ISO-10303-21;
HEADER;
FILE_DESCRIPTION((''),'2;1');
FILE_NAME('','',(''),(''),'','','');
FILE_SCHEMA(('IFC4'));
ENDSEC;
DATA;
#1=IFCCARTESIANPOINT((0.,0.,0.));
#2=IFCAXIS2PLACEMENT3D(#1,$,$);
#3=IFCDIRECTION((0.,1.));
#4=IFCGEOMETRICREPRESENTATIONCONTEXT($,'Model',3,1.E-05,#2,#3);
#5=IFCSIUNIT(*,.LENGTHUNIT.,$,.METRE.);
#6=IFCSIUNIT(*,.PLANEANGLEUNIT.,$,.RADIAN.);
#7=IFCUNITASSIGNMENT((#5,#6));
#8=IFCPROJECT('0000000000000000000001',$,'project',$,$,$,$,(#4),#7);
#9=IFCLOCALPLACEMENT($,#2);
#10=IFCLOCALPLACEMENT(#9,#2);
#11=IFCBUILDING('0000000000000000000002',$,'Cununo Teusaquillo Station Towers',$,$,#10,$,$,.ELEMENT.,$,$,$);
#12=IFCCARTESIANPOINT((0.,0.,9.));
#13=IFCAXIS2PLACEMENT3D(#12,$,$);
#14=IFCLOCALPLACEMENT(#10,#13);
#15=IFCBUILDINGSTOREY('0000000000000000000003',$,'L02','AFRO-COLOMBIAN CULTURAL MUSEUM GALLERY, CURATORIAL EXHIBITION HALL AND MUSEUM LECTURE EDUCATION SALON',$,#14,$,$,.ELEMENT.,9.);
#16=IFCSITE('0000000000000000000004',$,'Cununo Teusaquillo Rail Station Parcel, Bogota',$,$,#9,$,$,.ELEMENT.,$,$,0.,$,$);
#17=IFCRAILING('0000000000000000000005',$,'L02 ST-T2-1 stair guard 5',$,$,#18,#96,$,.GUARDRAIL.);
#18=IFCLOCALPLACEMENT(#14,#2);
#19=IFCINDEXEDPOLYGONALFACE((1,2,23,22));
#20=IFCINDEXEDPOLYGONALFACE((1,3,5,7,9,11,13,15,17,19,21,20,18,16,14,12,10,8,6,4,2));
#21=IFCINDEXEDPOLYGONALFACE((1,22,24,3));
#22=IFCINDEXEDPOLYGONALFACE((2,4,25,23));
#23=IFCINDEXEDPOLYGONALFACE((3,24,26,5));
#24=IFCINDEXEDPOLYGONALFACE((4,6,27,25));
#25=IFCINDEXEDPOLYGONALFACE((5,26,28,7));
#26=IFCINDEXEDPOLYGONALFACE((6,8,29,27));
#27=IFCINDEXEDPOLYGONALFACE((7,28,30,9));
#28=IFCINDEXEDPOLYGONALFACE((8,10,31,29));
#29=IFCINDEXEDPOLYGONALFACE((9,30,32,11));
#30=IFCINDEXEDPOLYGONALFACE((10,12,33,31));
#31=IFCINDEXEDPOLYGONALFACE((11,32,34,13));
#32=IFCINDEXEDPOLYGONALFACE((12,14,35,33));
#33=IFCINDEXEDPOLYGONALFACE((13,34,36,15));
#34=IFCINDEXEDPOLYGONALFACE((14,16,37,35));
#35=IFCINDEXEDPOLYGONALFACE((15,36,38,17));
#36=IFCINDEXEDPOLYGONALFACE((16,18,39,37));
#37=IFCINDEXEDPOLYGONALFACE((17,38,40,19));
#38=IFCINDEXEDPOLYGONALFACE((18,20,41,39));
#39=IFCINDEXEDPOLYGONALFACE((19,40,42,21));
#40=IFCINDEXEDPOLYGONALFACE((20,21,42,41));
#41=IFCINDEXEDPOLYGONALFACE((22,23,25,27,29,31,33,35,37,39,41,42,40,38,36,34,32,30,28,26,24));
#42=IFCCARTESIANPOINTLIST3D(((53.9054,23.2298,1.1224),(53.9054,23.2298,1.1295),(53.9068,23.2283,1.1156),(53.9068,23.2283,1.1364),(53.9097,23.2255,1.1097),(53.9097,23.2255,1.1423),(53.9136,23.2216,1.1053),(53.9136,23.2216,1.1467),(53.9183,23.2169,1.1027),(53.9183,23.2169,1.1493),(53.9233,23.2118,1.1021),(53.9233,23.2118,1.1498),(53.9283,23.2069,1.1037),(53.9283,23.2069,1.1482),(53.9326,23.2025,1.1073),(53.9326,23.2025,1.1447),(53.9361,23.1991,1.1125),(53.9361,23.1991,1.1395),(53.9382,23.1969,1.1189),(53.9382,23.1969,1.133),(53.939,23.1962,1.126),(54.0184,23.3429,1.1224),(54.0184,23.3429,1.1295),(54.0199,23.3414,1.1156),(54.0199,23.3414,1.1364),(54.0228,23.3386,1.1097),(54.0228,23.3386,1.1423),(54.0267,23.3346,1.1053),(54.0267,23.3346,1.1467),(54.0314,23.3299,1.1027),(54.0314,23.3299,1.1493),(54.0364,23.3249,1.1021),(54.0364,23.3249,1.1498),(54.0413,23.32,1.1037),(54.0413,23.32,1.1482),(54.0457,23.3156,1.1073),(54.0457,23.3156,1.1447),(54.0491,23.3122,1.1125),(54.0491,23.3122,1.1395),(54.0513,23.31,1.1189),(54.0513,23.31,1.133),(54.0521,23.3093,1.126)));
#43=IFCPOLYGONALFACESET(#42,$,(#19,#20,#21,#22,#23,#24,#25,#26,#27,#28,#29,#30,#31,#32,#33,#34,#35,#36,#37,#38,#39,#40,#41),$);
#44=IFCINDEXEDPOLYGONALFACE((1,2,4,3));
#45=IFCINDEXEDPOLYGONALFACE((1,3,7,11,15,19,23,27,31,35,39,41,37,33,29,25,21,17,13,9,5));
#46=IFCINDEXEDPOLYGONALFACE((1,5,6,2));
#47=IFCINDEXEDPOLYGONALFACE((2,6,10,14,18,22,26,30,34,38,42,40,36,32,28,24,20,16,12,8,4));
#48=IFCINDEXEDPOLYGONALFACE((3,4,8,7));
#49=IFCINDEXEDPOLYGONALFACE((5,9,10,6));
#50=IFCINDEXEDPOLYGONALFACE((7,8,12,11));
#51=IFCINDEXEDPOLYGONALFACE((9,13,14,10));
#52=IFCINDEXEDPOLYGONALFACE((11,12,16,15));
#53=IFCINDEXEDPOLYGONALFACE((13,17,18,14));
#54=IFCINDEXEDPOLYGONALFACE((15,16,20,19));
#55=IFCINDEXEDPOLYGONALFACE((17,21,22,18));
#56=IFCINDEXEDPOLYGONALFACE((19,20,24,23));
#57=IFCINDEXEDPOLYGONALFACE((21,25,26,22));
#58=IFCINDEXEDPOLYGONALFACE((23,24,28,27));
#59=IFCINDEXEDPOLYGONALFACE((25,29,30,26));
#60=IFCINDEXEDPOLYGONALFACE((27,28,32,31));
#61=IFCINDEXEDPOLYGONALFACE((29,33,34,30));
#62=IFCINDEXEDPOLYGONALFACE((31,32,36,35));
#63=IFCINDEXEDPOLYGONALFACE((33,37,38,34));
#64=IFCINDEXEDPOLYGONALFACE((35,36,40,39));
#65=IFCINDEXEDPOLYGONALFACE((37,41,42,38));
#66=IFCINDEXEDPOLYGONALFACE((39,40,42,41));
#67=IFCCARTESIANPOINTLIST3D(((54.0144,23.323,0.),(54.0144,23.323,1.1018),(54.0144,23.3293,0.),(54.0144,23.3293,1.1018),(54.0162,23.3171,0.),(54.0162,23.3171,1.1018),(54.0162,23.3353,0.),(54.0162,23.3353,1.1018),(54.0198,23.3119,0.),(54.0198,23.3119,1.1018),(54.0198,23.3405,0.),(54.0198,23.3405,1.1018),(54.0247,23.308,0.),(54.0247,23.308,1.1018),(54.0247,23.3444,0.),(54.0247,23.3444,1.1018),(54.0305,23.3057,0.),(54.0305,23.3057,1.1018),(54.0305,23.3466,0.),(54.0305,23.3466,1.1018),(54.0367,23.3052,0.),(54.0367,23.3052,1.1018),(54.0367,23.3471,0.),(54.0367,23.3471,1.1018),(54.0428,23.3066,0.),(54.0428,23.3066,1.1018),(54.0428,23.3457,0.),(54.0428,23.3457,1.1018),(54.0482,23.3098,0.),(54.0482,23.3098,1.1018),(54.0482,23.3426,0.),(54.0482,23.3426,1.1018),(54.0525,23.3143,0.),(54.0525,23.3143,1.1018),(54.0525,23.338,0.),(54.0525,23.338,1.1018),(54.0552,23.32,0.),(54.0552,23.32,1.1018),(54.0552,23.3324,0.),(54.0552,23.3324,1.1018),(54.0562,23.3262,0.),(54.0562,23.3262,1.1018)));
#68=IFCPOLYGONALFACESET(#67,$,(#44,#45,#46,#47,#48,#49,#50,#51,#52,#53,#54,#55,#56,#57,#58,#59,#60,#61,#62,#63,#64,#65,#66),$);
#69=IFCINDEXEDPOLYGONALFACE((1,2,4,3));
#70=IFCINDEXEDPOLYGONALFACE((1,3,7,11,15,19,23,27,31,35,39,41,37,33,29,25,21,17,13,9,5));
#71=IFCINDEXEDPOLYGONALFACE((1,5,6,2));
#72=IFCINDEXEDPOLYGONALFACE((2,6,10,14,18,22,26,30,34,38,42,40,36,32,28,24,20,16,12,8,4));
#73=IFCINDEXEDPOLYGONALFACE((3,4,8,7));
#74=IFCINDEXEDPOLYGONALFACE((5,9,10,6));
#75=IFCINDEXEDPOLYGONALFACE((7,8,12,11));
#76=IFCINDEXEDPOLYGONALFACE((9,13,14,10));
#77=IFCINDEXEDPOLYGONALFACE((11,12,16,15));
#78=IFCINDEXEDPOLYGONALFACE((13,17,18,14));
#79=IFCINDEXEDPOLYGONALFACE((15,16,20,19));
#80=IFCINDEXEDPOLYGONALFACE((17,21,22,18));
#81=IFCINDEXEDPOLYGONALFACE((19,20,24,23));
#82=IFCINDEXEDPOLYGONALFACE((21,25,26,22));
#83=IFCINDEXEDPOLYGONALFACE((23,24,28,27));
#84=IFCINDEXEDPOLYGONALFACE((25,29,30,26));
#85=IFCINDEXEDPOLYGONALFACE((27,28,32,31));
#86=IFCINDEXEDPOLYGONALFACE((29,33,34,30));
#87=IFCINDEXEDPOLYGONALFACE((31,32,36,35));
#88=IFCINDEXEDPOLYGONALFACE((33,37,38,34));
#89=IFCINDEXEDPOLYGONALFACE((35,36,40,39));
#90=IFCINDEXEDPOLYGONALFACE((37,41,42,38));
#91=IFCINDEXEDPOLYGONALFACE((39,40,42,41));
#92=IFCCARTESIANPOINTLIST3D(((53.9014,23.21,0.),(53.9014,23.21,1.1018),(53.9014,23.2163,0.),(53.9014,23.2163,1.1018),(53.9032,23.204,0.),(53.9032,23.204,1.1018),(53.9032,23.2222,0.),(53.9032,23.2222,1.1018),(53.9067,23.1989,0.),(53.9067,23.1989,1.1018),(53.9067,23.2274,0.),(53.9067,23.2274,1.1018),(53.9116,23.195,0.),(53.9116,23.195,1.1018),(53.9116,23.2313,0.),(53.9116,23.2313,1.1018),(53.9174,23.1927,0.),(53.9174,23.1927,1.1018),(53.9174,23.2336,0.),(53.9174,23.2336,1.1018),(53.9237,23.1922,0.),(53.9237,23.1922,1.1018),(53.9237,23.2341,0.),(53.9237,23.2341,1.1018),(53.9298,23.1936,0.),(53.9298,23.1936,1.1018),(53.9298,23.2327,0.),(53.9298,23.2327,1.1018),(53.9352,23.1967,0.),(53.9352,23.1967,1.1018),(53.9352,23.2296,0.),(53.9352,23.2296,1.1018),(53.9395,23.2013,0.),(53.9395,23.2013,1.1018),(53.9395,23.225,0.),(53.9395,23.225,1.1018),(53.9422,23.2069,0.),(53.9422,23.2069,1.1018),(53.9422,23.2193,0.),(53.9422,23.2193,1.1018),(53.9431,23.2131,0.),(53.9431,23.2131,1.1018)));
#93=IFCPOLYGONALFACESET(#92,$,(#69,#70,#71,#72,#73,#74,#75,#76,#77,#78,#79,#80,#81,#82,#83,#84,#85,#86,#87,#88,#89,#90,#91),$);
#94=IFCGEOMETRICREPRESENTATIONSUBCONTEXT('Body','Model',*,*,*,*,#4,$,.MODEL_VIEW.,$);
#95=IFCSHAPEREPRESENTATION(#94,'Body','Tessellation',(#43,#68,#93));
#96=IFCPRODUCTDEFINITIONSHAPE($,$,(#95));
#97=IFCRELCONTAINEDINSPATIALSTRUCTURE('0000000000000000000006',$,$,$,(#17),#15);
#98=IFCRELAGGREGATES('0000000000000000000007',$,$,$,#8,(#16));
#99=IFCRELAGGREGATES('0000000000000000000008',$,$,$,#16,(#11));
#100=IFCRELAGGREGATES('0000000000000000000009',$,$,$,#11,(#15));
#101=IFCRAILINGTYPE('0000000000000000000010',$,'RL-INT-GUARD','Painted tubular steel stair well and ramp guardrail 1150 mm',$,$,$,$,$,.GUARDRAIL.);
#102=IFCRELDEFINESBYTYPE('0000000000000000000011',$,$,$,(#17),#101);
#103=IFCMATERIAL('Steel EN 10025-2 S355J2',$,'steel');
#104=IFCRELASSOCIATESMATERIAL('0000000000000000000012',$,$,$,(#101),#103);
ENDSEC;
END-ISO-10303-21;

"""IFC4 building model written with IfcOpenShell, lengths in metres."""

from ifc_helpers import new_model, si_unit, direction, frame, origin, origin_2d, place, context, subcontext, project, spatial, circle, extrude, material, type_object, element, save


model = new_model("IFC4")

# Units and contexts
model_context = context("Model", 3, precision=1e-05, world=origin(), true_north=direction((0.0, 1.0)))
body_context = subcontext(model_context, "Body", "Model", "MODEL_VIEW")
ifc_project = project(units=[si_unit("LENGTHUNIT", "METRE"), si_unit("PLANEANGLEUNIT", "RADIAN")], contexts=[model_context])

# Site, building, storey
site_placement = place(None, origin())
site = spatial("IfcSite", under=ifc_project, at=site_placement, Name="Cununo Teusaquillo Rail Station Parcel, Bogota", CompositionType="ELEMENT", RefElevation=0.0)
building_placement = place(site_placement, origin())
building = spatial("IfcBuilding", under=site, at=building_placement, Name="Cununo Teusaquillo Station Towers", CompositionType="ELEMENT")
storey_placement = place(building_placement, frame((0.0, 0.0, 9.0)))
storey = spatial("IfcBuildingStorey", under=building, at=storey_placement, Name="L02", Description="AFRO-COLOMBIAN CULTURAL MUSEUM GALLERY, CURATORIAL EXHIBITION HALL AND MUSEUM LECTURE EDUCATION SALON", CompositionType="ELEMENT", Elevation=9.0)

# Railing
ifc_material_1 = material(Name="Steel EN 10025-2 S355J2", Category="steel")
railing_type_1 = type_object("IfcRailingType", Name="RL-INT-GUARD", Description="Painted tubular steel stair well and ramp guardrail 1150 mm", PredefinedType="GUARDRAIL", material=ifc_material_1)
railing_1_placement = place(storey_placement, frame((54.0352, 23.3262, 0.0)))
element("IfcRailing", 1, at=railing_1_placement, inside=storey, type_object=railing_type_1, Name="L02 ST-T2-1 stair guard 5", PredefinedType="GUARDRAIL", context=body_context, shape_type="SweptSolid", body=[
    extrude(circle(Radius=0.0239, at=origin_2d()), frame((0.0, 0.0, 1.126), z_axis=(-0.707107, -0.707107, 0.0), x_axis=(0.707107, -0.707107, 0.0)), (0.0, 0.0, 1.0), 0.1599),
    extrude(circle(Radius=0.021, at=origin_2d()), origin(), (0.0, 0.0, 1.0), 1.1018),
    extrude(circle(Radius=0.021, at=origin_2d()), frame((-0.113, -0.113, 0.0)), (0.0, 0.0, 1.0), 1.1018),
])

save(model, "model.ifc")
